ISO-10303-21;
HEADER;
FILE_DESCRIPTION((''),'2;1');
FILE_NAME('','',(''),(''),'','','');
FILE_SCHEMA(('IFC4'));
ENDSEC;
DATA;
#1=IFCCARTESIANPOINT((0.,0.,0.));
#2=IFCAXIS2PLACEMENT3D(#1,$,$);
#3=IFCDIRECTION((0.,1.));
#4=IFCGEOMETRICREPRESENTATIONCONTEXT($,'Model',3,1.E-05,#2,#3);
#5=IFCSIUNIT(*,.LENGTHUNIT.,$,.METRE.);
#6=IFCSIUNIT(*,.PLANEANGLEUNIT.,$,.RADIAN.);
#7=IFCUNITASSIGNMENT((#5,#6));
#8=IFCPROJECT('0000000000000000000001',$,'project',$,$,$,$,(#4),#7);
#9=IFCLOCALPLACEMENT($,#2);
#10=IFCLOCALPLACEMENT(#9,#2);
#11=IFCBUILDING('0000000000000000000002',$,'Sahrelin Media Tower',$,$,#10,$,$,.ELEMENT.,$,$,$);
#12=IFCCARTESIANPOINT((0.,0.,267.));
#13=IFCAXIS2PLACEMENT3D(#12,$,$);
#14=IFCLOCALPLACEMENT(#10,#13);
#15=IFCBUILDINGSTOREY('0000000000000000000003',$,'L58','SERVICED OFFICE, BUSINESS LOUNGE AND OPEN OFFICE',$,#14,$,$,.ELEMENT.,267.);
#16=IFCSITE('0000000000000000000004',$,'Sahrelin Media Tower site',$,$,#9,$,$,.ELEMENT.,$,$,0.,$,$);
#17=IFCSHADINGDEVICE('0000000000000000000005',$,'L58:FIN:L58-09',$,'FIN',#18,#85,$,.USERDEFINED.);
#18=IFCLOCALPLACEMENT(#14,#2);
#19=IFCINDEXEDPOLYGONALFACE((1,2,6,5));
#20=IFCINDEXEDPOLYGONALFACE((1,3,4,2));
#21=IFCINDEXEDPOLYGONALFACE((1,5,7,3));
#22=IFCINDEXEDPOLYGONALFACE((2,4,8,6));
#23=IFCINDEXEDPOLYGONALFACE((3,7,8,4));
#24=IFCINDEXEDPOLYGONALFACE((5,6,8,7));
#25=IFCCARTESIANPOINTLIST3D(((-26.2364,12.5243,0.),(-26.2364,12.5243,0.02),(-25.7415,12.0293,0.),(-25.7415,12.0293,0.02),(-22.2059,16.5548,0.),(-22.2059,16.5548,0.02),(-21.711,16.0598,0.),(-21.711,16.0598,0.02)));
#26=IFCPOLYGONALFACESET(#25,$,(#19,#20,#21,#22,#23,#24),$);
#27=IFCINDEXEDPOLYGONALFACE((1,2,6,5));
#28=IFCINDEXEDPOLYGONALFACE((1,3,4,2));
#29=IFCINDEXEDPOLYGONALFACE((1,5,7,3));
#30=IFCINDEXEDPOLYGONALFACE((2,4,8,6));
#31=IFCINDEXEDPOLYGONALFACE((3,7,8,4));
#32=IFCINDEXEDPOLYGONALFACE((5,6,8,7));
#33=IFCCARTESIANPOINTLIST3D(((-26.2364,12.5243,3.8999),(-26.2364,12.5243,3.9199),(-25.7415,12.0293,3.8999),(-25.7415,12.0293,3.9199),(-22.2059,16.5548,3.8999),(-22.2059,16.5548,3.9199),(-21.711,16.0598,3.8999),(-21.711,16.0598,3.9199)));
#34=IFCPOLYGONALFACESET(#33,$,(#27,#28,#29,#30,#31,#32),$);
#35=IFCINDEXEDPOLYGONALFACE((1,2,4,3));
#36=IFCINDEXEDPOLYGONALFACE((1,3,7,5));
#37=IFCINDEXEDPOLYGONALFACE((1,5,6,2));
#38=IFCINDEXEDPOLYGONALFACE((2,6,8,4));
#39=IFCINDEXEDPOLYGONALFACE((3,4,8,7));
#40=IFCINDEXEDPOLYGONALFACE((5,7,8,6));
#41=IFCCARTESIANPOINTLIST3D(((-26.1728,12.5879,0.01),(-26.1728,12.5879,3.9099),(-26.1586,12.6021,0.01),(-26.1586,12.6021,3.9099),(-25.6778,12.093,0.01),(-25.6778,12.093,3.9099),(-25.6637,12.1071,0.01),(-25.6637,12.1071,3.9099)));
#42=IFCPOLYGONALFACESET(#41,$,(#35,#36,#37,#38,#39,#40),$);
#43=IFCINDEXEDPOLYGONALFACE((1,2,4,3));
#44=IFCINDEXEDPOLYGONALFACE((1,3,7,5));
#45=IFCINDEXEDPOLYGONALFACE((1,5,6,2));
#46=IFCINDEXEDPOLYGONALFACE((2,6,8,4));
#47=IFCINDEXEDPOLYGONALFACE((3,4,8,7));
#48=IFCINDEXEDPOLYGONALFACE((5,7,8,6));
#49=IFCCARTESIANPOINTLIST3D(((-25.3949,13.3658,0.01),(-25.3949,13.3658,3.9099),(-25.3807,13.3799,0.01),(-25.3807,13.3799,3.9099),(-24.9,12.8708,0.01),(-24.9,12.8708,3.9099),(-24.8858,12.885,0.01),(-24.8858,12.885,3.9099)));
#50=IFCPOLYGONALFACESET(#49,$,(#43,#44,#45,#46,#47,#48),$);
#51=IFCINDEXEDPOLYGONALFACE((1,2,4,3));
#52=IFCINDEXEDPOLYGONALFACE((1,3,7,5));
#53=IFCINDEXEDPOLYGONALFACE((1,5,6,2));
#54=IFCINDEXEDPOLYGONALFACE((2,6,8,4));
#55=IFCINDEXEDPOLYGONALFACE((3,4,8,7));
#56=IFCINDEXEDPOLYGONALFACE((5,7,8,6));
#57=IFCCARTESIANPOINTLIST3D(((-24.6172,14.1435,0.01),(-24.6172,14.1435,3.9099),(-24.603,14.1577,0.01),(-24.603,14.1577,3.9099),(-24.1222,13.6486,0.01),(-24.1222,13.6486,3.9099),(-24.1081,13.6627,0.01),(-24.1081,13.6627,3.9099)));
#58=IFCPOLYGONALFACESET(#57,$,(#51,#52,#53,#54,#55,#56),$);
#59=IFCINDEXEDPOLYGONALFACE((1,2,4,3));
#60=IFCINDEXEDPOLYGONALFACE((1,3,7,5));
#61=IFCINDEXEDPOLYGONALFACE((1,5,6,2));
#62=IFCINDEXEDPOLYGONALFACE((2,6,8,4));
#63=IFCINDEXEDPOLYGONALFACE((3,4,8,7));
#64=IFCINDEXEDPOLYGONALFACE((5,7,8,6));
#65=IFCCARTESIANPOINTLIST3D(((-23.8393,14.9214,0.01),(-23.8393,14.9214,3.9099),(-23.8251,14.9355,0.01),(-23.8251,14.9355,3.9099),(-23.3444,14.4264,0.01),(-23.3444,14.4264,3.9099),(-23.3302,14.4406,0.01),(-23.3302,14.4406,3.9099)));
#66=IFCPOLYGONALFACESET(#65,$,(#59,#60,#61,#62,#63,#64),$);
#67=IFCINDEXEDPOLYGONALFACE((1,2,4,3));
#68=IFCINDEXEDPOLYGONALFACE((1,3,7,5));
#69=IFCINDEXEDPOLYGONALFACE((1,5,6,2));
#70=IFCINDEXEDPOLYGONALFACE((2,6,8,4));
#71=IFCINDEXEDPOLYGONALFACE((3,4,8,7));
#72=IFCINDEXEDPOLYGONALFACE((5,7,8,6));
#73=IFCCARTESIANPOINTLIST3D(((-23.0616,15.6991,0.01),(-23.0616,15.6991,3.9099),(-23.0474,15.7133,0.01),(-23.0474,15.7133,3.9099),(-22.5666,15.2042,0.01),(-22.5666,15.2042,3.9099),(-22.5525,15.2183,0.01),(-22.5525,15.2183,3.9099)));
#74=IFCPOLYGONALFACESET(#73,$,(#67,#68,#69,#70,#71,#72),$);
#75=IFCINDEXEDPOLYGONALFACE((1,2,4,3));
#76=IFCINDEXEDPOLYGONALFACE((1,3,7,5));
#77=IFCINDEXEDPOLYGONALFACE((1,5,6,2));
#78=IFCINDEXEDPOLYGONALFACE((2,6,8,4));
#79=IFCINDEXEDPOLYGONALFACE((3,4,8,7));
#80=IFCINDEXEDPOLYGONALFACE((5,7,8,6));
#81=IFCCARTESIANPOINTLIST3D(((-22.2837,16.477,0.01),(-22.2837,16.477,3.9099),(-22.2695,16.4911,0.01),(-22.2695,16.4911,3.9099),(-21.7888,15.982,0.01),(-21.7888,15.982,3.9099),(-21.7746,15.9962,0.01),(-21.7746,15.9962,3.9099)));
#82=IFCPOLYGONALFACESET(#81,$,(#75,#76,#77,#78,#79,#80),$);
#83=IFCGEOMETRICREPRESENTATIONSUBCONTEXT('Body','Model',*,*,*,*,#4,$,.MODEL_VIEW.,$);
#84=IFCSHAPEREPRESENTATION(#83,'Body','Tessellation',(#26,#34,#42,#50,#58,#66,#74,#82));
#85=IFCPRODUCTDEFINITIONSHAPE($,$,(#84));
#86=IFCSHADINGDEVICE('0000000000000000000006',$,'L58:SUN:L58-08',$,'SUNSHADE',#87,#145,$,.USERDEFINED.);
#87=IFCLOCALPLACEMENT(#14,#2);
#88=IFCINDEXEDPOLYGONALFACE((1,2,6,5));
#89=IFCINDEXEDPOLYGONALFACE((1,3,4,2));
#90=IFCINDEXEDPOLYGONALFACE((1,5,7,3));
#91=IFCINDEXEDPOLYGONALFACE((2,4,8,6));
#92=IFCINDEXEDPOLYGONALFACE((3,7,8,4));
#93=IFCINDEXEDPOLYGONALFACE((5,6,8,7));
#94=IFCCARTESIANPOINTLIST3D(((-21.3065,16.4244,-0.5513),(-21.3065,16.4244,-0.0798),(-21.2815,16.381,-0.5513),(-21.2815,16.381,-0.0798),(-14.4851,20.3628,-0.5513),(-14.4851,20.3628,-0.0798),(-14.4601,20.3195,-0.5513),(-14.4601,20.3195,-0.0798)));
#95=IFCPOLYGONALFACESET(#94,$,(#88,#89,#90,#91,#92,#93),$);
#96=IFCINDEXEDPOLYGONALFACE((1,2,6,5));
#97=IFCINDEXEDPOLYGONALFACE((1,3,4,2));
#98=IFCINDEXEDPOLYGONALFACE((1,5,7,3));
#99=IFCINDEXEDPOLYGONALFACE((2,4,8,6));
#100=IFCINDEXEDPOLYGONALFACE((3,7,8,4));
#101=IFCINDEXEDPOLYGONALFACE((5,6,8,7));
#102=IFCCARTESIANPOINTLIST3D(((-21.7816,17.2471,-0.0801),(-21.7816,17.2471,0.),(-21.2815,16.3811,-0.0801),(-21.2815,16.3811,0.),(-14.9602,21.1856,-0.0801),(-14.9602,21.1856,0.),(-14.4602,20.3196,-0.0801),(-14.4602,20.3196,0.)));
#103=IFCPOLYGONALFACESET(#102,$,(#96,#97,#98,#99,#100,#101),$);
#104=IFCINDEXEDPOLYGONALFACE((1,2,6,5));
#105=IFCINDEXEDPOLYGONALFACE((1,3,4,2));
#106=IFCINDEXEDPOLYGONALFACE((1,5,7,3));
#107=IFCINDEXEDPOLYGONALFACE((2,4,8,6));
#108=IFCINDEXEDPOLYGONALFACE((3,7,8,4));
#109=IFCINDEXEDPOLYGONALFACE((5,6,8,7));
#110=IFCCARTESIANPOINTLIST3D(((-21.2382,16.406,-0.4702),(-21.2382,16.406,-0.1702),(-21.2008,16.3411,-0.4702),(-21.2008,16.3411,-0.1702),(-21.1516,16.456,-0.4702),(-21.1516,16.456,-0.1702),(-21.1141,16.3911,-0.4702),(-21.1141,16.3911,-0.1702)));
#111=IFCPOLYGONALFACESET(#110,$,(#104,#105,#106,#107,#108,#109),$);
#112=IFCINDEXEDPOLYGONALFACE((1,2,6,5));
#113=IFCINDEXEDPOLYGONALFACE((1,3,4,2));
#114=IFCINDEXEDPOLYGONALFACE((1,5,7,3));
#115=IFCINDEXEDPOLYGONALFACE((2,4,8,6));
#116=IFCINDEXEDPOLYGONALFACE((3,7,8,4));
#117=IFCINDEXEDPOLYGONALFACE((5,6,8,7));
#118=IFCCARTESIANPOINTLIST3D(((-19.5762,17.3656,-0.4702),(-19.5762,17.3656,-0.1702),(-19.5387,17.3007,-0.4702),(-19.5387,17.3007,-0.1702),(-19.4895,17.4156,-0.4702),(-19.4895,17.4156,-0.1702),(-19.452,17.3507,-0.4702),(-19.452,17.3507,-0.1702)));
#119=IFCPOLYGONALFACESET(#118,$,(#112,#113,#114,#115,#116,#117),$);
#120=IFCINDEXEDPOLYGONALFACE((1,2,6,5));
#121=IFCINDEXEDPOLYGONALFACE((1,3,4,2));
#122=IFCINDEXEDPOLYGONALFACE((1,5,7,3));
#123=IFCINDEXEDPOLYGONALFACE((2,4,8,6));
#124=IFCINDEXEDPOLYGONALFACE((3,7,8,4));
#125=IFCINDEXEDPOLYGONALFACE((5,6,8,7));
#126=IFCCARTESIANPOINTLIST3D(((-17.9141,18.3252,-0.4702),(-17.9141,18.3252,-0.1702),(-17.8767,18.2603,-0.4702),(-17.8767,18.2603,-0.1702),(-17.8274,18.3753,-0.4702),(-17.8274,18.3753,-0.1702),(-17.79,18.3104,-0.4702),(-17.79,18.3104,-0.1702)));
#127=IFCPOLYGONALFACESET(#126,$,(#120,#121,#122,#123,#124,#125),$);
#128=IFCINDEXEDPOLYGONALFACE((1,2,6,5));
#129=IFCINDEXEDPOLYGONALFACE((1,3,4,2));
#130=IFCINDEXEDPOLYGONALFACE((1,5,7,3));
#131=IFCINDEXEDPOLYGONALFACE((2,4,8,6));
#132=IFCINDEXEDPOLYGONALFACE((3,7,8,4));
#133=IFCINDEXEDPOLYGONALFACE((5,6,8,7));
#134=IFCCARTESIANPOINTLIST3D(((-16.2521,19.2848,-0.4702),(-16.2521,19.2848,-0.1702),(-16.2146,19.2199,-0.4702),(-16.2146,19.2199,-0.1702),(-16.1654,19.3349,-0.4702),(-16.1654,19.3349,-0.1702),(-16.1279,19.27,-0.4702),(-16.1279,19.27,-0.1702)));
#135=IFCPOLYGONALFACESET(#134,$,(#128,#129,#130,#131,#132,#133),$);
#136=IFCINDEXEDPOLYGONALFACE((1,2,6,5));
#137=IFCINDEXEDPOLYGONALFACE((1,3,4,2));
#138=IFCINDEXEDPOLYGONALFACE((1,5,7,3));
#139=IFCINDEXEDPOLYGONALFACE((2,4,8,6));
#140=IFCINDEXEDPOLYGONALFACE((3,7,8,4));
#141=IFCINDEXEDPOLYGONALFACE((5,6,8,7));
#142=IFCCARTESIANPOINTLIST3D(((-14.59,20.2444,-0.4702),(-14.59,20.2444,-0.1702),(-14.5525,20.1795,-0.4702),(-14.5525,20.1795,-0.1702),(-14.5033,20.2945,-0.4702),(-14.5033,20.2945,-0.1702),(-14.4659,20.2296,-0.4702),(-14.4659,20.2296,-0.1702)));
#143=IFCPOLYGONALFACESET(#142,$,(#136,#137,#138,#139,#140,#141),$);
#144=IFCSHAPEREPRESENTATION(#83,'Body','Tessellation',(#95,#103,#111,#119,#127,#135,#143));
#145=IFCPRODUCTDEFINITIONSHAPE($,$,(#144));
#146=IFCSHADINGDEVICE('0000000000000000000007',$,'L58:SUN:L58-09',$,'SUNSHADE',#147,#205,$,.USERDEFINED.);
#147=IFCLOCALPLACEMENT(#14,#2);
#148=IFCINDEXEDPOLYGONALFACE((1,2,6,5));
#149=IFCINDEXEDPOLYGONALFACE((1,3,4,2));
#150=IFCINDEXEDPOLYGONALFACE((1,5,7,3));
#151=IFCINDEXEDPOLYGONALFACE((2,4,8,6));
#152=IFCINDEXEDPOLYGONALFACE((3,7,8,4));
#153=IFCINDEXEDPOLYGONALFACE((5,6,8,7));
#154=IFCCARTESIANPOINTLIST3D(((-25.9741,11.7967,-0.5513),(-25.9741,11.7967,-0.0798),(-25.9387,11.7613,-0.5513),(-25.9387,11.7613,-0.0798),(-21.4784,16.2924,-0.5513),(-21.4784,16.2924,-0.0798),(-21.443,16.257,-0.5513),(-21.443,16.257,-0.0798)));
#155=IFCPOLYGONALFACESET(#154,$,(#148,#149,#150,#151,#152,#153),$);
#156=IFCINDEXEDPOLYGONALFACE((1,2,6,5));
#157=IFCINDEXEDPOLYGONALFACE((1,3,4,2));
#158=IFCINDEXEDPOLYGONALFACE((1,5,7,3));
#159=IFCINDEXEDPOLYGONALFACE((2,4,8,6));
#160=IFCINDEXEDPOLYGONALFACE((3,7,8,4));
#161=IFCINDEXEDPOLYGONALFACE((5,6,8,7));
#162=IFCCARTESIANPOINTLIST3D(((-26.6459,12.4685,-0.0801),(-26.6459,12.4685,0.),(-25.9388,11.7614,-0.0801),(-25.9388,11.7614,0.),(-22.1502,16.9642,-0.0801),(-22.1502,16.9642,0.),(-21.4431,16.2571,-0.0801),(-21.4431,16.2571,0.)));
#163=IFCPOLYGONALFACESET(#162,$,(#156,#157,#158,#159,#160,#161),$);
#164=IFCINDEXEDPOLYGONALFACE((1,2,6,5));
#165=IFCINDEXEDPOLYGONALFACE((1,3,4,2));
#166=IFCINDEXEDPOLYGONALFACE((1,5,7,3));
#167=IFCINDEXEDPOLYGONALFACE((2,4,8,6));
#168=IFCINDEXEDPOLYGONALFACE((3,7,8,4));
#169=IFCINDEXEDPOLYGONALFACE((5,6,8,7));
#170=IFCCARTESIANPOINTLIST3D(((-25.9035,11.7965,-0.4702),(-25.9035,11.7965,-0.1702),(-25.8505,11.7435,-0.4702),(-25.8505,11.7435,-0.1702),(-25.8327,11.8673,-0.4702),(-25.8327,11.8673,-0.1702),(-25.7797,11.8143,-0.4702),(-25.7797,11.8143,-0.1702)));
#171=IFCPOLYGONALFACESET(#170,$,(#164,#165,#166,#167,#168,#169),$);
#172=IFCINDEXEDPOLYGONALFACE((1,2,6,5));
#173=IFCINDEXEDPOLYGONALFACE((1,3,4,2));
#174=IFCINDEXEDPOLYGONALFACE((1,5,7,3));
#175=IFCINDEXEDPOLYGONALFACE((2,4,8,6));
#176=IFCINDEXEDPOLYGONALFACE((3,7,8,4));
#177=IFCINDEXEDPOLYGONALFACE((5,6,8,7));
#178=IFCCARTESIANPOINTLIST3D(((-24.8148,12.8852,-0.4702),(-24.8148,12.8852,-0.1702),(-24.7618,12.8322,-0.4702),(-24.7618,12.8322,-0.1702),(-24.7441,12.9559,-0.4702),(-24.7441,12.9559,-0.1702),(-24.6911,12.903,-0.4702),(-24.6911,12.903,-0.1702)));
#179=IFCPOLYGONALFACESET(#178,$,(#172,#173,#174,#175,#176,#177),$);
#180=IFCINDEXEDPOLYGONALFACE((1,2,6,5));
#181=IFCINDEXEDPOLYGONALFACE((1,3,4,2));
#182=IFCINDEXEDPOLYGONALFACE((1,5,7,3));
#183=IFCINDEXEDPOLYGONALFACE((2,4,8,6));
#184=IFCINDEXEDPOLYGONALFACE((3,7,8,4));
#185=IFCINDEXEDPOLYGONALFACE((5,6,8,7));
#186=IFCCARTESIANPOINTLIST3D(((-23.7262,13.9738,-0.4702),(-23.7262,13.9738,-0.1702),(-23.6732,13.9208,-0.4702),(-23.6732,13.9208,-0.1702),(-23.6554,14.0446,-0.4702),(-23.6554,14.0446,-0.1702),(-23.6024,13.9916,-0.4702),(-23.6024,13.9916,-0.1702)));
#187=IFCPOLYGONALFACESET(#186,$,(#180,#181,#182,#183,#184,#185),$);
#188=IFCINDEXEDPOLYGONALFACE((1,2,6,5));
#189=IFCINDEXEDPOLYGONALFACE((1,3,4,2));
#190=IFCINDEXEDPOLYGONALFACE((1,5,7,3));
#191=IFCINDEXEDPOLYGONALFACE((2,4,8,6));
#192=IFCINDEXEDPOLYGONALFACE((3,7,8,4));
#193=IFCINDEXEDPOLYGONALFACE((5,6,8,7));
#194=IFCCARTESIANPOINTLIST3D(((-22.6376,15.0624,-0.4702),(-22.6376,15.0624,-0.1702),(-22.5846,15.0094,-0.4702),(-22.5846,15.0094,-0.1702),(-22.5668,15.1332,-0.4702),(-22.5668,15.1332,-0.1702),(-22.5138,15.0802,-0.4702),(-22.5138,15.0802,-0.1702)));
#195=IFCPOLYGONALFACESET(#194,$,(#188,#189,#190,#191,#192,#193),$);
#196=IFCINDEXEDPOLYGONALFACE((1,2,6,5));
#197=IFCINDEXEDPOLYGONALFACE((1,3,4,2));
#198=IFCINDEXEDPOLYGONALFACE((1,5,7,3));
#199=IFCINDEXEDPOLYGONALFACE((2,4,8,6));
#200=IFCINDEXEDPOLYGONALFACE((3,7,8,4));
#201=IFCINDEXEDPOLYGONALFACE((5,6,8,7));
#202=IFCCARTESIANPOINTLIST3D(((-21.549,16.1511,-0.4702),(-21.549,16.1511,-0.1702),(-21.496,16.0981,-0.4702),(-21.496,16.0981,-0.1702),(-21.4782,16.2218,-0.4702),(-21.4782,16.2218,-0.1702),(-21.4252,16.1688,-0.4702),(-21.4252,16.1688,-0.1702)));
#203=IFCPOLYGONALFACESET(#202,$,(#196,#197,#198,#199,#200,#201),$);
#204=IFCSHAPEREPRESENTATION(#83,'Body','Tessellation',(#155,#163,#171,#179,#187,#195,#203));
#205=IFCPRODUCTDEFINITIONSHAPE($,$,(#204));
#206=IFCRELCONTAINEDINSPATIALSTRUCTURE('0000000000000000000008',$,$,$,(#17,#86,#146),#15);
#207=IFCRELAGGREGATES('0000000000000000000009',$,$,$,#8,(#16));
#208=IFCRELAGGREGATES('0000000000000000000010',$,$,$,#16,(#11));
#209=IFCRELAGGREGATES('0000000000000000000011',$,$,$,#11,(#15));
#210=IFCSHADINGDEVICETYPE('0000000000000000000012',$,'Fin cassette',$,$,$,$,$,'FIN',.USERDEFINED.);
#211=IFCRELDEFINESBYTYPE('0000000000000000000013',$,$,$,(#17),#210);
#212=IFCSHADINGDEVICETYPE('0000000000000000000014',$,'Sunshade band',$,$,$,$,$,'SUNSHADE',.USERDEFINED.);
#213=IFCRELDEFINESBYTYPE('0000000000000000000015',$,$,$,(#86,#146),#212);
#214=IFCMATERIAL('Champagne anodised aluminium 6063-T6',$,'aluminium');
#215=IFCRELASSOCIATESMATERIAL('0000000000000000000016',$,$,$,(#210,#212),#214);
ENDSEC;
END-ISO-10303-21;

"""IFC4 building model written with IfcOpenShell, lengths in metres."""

from ifc_helpers import new_model, si_unit, direction, frame, origin, origin_2d, place, context, subcontext, project, spatial, rectangle, extrude, material, type_object, element, save


model = new_model("IFC4")

# Units and contexts
model_context = context("Model", 3, precision=1e-05, world=origin(), true_north=direction((0.0, 1.0)))
body_context = subcontext(model_context, "Body", "Model", "MODEL_VIEW")
ifc_project = project(units=[si_unit("LENGTHUNIT", "METRE"), si_unit("PLANEANGLEUNIT", "RADIAN")], contexts=[model_context])

# Site, building, storey
site_placement = place(None, origin())
site = spatial("IfcSite", under=ifc_project, at=site_placement, Name="Sahrelin Media Tower site", CompositionType="ELEMENT", RefElevation=0.0)
building_placement = place(site_placement, origin())
building = spatial("IfcBuilding", under=site, at=building_placement, Name="Sahrelin Media Tower", CompositionType="ELEMENT")
storey_placement = place(building_placement, frame((0.0, 0.0, 267.0)))
storey = spatial("IfcBuildingStorey", under=building, at=storey_placement, Name="L58", Description="SERVICED OFFICE, BUSINESS LOUNGE AND OPEN OFFICE", CompositionType="ELEMENT", Elevation=267.0)

# Shared definitions
ifc_material_1 = material(Name="Champagne anodised aluminium 6063-T6", Category="aluminium")

# Shading devices
shading_device_type_1 = type_object("IfcShadingDeviceType", Name="Fin cassette", ElementType="FIN", PredefinedType="USERDEFINED", material=ifc_material_1)
placement_1 = place(storey_placement, frame((-17.8608, 18.333, 0.0), z_axis=(0.0, 0.0, 1.0), x_axis=(0.866019, 0.500011, 0.0)))
placement_2 = place(storey_placement, frame((-23.6768, 13.9951, 0.0), z_axis=(0.0, 0.0, 1.0), x_axis=(0.707107, 0.707107, 0.0)))
element("IfcShadingDevice", 1, at=placement_2, inside=storey, type_object=shading_device_type_1, Name="L58:FIN:L58-09", ObjectType="FIN", PredefinedType="USERDEFINED", context=body_context, shape_type="SweptSolid", body=[
    extrude(rectangle(XDim=5.7, YDim=0.7, at=origin_2d()), frame((0.0, 0.4199, 0.0)), (0.0, 0.0, 1.0), 0.02),
    extrude(rectangle(XDim=5.7, YDim=0.7, at=origin_2d()), frame((0.0, 0.4199, 3.8999)), (0.0, 0.0, 1.0), 0.02),
    extrude(rectangle(XDim=0.02, YDim=0.7, at=origin_2d()), frame((-2.75, 0.4199, 0.01), z_axis=(0.0, 0.0, 1.0), x_axis=(1.0, 0.0, 0.0)), (0.0, 0.0, 1.0), 3.8999),
    extrude(rectangle(XDim=0.02, YDim=0.7, at=origin_2d()), frame((-1.6499, 0.4199, 0.01), z_axis=(0.0, 0.0, 1.0), x_axis=(1.0, 0.0, 0.0)), (0.0, 0.0, 1.0), 3.8999),
    extrude(rectangle(XDim=0.02, YDim=0.7, at=origin_2d()), frame((-0.55, 0.4199, 0.01), z_axis=(0.0, 0.0, 1.0), x_axis=(1.0, 0.0, 0.0)), (0.0, 0.0, 1.0), 3.8999),
    extrude(rectangle(XDim=0.02, YDim=0.7, at=origin_2d()), frame((0.55, 0.4199, 0.01), z_axis=(0.0, 0.0, 1.0), x_axis=(1.0, 0.0, 0.0)), (0.0, 0.0, 1.0), 3.8999),
    extrude(rectangle(XDim=0.02, YDim=0.7, at=origin_2d()), frame((1.6499, 0.4199, 0.01), z_axis=(0.0, 0.0, 1.0), x_axis=(1.0, 0.0, 0.0)), (0.0, 0.0, 1.0), 3.8999),
    extrude(rectangle(XDim=0.02, YDim=0.7, at=origin_2d()), frame((2.75, 0.4199, 0.01), z_axis=(0.0, 0.0, 1.0), x_axis=(1.0, 0.0, 0.0)), (0.0, 0.0, 1.0), 3.8999),
])
shading_device_type_2 = type_object("IfcShadingDeviceType", Name="Sunshade band", ElementType="SUNSHADE", PredefinedType="USERDEFINED", material=ifc_material_1)
element("IfcShadingDevice", 2, at=placement_1, inside=storey, type_object=shading_device_type_2, Name="L58:SUN:L58-08", ObjectType="SUNSHADE", PredefinedType="USERDEFINED", context=body_context, shape_type="SweptSolid", body=[
    extrude(rectangle(XDim=7.8767, YDim=0.05, at=origin_2d()), frame((0.0, 0.0449, -0.5513)), (0.0, 0.0, 1.0), 0.4714),
    extrude(rectangle(XDim=7.8767, YDim=1.0, at=origin_2d()), frame((0.0, 0.52, -0.0801)), (0.0, 0.0, 1.0), 0.0801),
    extrude(rectangle(XDim=0.1001, YDim=0.075, at=origin_2d()), frame((-3.8384, -0.0176, -0.4702)), (0.0, 0.0, 1.0), 0.3),
    extrude(rectangle(XDim=0.1001, YDim=0.075, at=origin_2d()), frame((-1.9192, -0.0176, -0.4702)), (0.0, 0.0, 1.0), 0.3),
    extrude(rectangle(XDim=0.1001, YDim=0.075, at=origin_2d()), frame((0.0, -0.0176, -0.4702)), (0.0, 0.0, 1.0), 0.3),
    extrude(rectangle(XDim=0.1001, YDim=0.075, at=origin_2d()), frame((1.9192, -0.0176, -0.4702)), (0.0, 0.0, 1.0), 0.3),
    extrude(rectangle(XDim=0.1001, YDim=0.075, at=origin_2d()), frame((3.8384, -0.0176, -0.4702)), (0.0, 0.0, 1.0), 0.3),
])
element("IfcShadingDevice", 3, at=placement_2, inside=storey, type_object=shading_device_type_2, Name="L58:SUN:L58-09", ObjectType="SUNSHADE", PredefinedType="USERDEFINED", context=body_context, shape_type="SweptSolid", body=[
    extrude(rectangle(XDim=6.3579, YDim=0.05, at=origin_2d()), frame((0.0, 0.0449, -0.5513)), (0.0, 0.0, 1.0), 0.4714),
    extrude(rectangle(XDim=6.3579, YDim=1.0, at=origin_2d()), frame((0.0, 0.52, -0.0801)), (0.0, 0.0, 1.0), 0.0801),
    extrude(rectangle(XDim=0.1001, YDim=0.075, at=origin_2d()), frame((-3.0791, -0.0176, -0.4702)), (0.0, 0.0, 1.0), 0.3),
    extrude(rectangle(XDim=0.1001, YDim=0.075, at=origin_2d()), frame((-1.5396, -0.0176, -0.4702)), (0.0, 0.0, 1.0), 0.3),
    extrude(rectangle(XDim=0.1001, YDim=0.075, at=origin_2d()), frame((0.0, -0.0176, -0.4702)), (0.0, 0.0, 1.0), 0.3),
    extrude(rectangle(XDim=0.1001, YDim=0.075, at=origin_2d()), frame((1.5396, -0.0176, -0.4702)), (0.0, 0.0, 1.0), 0.3),
    extrude(rectangle(XDim=0.1001, YDim=0.075, at=origin_2d()), frame((3.0791, -0.0176, -0.4702)), (0.0, 0.0, 1.0), 0.3),
])

save(model, "model.ifc")
